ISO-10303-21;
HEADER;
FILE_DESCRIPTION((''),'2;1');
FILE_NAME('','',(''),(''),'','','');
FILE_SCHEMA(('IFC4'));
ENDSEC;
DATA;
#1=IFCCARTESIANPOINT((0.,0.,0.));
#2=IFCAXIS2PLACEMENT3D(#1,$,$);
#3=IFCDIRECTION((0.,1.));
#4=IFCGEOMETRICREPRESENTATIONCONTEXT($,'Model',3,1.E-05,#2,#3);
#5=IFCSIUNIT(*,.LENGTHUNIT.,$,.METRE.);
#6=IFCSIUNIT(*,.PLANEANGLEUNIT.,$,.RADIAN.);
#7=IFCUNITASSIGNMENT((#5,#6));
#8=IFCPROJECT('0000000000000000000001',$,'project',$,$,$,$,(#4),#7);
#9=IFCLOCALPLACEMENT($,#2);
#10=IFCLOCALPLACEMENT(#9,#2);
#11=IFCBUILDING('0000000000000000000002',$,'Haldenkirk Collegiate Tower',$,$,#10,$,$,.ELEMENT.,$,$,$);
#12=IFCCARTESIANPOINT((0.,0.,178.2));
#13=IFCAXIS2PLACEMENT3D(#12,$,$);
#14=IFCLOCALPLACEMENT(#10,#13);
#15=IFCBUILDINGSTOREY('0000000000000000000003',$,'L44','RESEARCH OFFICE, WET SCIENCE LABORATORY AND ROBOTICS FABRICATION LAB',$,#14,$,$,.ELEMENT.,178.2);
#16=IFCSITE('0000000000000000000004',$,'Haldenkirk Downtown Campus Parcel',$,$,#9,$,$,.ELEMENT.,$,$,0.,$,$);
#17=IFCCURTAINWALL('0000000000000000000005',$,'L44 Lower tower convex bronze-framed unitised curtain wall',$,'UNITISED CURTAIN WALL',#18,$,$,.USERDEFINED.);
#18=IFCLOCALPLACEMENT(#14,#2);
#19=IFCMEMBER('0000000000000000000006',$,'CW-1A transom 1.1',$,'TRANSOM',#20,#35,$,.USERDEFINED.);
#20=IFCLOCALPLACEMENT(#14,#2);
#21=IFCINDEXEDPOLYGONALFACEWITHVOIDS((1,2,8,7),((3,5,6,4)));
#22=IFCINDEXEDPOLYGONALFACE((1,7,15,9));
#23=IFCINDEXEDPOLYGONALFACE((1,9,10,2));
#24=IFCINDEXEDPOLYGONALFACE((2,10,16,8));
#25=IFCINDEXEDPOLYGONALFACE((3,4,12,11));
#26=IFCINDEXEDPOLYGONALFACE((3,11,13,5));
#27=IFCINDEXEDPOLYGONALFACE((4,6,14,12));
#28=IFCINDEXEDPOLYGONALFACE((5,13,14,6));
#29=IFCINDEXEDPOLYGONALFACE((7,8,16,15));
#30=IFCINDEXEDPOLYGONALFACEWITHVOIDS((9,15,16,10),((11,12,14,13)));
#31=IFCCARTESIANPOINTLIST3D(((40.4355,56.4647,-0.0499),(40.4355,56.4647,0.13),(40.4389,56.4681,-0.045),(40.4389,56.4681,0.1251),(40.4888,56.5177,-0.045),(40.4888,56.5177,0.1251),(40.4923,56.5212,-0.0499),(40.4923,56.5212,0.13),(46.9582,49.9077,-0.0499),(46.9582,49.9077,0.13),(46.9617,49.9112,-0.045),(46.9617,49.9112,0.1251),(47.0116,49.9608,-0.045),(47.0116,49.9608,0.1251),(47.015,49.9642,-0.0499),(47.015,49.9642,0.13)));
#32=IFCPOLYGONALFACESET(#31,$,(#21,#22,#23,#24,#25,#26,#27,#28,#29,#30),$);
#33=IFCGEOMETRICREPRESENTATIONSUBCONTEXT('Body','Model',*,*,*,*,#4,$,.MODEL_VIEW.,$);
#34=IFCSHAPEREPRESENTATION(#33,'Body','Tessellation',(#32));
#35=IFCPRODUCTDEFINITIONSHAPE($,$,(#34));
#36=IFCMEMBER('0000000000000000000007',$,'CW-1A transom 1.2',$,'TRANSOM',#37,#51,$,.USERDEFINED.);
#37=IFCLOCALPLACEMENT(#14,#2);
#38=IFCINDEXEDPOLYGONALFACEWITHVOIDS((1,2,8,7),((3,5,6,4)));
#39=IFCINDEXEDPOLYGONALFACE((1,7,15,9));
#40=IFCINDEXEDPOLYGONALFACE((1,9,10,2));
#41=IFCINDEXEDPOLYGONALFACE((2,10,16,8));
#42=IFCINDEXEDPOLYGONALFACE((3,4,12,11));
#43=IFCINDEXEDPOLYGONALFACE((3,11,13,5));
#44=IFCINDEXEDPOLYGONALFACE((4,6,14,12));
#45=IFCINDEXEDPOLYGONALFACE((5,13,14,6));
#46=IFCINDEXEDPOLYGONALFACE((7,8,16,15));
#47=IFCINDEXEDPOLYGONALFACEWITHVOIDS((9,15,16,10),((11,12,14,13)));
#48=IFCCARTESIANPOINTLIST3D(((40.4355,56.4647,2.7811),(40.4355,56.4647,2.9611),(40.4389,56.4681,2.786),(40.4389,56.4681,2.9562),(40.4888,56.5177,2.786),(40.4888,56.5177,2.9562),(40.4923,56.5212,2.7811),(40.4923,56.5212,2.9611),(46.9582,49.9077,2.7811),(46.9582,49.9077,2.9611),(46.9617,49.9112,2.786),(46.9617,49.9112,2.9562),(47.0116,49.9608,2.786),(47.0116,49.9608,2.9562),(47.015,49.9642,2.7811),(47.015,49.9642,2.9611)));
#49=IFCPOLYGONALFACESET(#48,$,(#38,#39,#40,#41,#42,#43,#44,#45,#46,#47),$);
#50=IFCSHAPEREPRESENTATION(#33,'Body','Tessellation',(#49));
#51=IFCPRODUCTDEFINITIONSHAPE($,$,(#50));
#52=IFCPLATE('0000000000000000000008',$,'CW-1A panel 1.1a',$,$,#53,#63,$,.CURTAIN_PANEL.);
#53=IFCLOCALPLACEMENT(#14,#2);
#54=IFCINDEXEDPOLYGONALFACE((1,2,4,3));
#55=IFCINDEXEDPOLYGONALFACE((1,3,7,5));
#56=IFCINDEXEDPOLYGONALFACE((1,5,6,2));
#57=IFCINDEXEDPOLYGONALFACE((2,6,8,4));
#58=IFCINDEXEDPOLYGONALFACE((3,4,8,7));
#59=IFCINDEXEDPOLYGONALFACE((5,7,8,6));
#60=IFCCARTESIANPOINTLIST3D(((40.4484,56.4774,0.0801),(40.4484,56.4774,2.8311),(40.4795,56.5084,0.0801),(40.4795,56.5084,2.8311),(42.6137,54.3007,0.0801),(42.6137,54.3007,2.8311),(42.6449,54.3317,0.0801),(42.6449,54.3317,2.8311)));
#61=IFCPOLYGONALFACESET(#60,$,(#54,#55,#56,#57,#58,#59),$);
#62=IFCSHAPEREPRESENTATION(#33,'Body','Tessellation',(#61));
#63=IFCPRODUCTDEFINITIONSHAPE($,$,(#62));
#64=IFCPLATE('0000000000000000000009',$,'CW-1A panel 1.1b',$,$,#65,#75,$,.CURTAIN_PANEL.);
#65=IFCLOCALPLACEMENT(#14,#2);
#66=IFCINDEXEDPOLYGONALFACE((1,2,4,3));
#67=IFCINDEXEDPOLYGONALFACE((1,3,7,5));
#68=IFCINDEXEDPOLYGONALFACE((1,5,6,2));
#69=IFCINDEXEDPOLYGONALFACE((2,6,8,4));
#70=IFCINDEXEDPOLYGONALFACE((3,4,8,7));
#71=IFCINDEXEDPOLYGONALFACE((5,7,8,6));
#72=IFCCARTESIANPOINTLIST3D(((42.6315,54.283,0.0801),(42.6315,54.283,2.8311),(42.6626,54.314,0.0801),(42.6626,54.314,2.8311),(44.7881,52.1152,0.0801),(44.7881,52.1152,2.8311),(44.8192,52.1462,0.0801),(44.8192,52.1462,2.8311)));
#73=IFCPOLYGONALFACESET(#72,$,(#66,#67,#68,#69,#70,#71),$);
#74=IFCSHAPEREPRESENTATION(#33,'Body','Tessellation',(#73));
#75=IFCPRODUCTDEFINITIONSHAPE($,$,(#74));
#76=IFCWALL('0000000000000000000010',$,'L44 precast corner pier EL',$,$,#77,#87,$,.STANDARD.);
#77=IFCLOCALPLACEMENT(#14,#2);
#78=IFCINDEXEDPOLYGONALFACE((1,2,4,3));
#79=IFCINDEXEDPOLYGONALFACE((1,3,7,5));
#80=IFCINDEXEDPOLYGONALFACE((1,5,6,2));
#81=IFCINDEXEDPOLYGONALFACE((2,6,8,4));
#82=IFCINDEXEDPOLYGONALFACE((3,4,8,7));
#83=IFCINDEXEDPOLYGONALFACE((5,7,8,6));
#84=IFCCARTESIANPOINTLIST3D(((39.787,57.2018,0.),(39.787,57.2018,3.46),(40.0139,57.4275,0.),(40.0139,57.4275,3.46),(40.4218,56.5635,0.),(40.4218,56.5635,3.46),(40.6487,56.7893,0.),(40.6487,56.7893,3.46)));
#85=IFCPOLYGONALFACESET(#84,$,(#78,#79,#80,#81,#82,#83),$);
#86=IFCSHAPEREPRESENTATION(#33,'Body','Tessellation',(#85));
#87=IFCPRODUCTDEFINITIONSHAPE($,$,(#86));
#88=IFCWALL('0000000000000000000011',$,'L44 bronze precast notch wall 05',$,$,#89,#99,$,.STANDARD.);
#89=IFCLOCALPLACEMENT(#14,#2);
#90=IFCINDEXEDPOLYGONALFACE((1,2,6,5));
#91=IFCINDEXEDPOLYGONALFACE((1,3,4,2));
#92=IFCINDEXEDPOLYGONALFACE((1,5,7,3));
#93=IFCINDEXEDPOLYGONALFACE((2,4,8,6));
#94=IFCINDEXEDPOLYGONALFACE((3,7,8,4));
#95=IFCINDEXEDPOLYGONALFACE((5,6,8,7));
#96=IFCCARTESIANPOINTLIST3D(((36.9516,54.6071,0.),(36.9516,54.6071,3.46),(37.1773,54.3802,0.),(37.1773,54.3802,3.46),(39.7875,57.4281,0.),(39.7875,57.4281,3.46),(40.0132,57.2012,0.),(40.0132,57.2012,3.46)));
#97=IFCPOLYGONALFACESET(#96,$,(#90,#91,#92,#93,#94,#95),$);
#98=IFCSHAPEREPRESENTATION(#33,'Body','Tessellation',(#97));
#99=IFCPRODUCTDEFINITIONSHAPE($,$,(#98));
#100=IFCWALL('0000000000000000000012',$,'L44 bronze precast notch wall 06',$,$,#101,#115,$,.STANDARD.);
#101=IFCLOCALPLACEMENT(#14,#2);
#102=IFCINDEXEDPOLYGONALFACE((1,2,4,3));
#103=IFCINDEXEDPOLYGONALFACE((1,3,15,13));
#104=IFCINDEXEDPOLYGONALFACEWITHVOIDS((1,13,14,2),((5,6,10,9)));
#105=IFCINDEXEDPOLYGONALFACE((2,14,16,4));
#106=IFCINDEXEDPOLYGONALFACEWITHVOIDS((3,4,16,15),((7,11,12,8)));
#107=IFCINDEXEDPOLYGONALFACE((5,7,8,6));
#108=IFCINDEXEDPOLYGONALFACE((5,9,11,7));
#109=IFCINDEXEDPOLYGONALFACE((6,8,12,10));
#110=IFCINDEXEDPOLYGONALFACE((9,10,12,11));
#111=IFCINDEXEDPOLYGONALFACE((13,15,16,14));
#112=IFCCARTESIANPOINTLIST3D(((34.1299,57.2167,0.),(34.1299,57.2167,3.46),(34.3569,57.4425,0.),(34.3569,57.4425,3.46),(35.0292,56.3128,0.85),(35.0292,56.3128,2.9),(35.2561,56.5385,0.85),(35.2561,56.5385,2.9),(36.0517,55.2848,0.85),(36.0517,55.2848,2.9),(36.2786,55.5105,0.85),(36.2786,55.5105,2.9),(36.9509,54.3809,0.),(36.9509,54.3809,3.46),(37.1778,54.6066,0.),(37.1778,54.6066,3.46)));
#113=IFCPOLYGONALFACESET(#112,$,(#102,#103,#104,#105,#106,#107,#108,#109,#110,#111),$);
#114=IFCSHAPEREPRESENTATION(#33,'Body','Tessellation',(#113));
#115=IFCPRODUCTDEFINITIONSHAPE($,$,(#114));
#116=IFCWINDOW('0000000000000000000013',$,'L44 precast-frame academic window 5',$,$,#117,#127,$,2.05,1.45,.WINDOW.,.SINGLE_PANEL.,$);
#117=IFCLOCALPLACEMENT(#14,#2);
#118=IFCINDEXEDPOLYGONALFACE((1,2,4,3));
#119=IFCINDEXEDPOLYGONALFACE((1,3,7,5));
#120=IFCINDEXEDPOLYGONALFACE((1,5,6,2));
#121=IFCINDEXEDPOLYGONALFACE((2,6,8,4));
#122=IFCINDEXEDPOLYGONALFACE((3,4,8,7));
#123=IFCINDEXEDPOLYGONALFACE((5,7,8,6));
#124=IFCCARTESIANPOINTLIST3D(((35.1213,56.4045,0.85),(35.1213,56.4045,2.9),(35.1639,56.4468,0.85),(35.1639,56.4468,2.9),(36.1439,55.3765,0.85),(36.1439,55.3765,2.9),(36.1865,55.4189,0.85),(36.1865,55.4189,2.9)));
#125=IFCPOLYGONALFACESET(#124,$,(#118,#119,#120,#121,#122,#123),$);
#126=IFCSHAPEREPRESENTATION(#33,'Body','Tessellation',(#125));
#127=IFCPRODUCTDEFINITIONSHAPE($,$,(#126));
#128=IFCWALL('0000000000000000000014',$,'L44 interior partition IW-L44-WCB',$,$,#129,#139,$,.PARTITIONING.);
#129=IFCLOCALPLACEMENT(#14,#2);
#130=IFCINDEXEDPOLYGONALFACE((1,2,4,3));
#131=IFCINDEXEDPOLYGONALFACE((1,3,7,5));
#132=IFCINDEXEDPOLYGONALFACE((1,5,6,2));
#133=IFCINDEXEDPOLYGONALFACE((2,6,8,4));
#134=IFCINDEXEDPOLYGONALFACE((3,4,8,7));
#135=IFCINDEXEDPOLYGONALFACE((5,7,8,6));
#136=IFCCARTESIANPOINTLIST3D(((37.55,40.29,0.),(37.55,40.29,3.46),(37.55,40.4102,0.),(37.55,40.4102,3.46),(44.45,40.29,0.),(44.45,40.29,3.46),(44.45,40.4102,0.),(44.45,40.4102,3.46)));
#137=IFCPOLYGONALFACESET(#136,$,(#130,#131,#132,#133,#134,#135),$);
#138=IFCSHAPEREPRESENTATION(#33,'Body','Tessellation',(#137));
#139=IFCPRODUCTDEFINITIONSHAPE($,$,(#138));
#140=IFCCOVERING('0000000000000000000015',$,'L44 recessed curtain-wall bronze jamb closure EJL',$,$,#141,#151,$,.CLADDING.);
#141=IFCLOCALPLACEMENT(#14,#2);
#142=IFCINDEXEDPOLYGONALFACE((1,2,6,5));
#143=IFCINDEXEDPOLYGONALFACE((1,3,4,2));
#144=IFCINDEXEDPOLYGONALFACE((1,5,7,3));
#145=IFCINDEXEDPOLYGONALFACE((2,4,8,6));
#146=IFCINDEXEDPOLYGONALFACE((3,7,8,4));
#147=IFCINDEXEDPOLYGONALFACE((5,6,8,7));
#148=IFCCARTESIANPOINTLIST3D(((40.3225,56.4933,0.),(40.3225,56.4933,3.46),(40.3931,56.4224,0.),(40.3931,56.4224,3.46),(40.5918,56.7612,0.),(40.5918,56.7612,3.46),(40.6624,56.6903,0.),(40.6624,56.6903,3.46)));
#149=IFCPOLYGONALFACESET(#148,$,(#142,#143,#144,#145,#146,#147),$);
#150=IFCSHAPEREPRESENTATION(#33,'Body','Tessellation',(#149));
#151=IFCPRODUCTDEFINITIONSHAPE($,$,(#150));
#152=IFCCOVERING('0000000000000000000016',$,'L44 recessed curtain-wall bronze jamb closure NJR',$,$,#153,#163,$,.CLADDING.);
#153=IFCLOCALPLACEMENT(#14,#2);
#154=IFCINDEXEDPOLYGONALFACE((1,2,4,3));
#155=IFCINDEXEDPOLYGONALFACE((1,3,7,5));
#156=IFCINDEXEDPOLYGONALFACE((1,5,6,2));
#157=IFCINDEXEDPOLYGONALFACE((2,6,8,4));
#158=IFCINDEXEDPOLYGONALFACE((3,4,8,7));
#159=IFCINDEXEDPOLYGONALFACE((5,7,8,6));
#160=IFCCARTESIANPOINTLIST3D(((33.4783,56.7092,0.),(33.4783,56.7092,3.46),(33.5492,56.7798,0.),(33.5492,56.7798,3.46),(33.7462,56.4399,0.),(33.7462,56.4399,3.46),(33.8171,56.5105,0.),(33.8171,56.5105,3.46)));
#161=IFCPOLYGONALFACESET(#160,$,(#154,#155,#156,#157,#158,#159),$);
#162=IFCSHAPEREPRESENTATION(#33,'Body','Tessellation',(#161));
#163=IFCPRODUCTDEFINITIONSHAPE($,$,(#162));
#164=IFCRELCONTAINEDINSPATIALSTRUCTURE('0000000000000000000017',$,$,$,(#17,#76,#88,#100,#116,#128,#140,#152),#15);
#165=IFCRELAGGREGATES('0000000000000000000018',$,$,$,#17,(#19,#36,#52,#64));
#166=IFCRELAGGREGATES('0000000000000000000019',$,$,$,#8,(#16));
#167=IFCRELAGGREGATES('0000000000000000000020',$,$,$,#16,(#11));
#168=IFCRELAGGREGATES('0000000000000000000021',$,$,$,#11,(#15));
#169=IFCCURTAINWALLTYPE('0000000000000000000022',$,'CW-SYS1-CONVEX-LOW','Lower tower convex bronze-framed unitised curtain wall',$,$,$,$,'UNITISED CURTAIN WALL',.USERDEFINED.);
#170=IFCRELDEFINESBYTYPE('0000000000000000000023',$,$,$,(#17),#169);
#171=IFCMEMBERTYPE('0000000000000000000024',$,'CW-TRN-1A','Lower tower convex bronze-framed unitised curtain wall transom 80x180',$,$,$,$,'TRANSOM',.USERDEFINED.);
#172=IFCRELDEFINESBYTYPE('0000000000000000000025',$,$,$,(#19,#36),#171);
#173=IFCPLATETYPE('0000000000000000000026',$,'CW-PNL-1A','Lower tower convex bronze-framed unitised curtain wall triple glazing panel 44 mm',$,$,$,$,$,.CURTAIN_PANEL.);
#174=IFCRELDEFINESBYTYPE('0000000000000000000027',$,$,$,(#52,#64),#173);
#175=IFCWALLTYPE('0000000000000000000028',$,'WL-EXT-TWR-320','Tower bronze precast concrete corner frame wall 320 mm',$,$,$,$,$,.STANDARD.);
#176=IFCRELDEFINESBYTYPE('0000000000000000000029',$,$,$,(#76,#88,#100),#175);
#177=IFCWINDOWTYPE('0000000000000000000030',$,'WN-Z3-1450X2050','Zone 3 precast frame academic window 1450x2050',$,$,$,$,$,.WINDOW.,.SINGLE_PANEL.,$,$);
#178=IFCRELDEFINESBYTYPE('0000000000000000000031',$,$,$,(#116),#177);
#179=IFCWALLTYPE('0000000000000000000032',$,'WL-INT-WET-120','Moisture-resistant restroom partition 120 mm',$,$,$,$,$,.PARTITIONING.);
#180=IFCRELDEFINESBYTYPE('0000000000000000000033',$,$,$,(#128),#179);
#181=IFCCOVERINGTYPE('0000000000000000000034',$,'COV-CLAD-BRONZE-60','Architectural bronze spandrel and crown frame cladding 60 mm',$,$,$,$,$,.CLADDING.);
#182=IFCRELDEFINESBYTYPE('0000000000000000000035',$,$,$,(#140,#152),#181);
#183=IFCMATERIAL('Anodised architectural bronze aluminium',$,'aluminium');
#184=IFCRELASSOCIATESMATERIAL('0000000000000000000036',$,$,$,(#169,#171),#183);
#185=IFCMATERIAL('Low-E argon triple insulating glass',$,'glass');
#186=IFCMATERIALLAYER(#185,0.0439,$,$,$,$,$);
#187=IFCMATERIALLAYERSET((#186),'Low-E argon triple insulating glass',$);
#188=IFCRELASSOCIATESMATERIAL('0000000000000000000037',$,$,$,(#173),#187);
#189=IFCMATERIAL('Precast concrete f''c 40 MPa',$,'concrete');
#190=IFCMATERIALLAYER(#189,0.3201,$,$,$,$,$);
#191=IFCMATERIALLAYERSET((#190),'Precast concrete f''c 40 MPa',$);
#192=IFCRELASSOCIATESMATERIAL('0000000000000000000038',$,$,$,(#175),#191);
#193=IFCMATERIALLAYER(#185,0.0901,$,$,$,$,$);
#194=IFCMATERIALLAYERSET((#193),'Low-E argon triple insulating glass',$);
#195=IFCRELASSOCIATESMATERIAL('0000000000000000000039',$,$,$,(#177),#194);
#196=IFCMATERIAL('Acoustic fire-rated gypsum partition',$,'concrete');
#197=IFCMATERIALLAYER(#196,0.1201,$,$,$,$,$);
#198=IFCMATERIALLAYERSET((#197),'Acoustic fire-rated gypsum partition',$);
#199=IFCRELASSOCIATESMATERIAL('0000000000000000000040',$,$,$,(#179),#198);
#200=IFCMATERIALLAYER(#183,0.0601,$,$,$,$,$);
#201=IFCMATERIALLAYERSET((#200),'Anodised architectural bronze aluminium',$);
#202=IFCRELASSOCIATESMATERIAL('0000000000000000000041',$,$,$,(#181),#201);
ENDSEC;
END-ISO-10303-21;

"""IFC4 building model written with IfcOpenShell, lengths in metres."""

from ifc_helpers import new_model, si_unit, direction, frame, frame_2d, origin, origin_2d, place, context, subcontext, project, spatial, rectangle, hollow_rectangle, extrude, source, transform, mapped, material, layer, layer_set, material_profile, profile_set, type_object, element, fill, aggregate, save


model = new_model("IFC4")

# Units and contexts
model_context = context("Model", 3, precision=1e-05, world=origin(), true_north=direction((0.0, 1.0)))
body_context = subcontext(model_context, "Body", "Model", "MODEL_VIEW")
ifc_project = project(units=[si_unit("LENGTHUNIT", "METRE"), si_unit("PLANEANGLEUNIT", "RADIAN")], contexts=[model_context])

# Site, building, storey
site_placement = place(None, origin())
site = spatial("IfcSite", under=ifc_project, at=site_placement, Name="Haldenkirk Downtown Campus Parcel", CompositionType="ELEMENT", RefElevation=0.0)
building_placement = place(site_placement, origin())
building = spatial("IfcBuilding", under=site, at=building_placement, Name="Haldenkirk Collegiate Tower", CompositionType="ELEMENT")
storey_placement = place(building_placement, frame((0.0, 0.0, 178.2)))
storey = spatial("IfcBuildingStorey", under=building, at=storey_placement, Name="L44", Description="RESEARCH OFFICE, WET SCIENCE LABORATORY AND ROBOTICS FABRICATION LAB", CompositionType="ELEMENT", Elevation=178.2)

# Curtain wall
ifc_material_1 = material(Name="Anodised architectural bronze aluminium", Category="aluminium")
curtain_wall_type = type_object("IfcCurtainWallType", Name="CW-SYS1-CONVEX-LOW", Description="Lower tower convex bronze-framed unitised curtain wall", ElementType="UNITISED CURTAIN WALL", PredefinedType="USERDEFINED", material=ifc_material_1)
curtain_wall_1_placement = place(storey_placement, origin())
curtain_wall_1 = element("IfcCurtainWall", 1, at=curtain_wall_1_placement, inside=storey, type_object=curtain_wall_type, Name="L44 Lower tower convex bronze-framed unitised curtain wall", ObjectType="UNITISED CURTAIN WALL", PredefinedType="USERDEFINED")

# Members
ifc_material_profile_1 = material_profile(ifc_material_1, hollow_rectangle(XDim=0.0801, YDim=0.1799, WallThickness=0.0049, at=origin_2d()), Name="CW-TRN-1A")
ifc_profile_set_1 = profile_set([ifc_material_profile_1], Name="Anodised architectural bronze aluminium")
member_type_1 = type_object("IfcMemberType", Name="CW-TRN-1A", Description="Lower tower convex bronze-framed unitised curtain wall transom 80x180", ElementType="TRANSOM", PredefinedType="USERDEFINED", material=ifc_profile_set_1)
member_1_placement = place(storey_placement, frame((40.4639, 56.4929, 0.04), z_axis=(0.705257, -0.708952, 0.0), x_axis=(0.708952, 0.705257, 0.0)))
member_1 = element("IfcMember", 2, at=member_1_placement, type_object=member_type_1, Name="CW-1A transom 1.1", ObjectType="TRANSOM", PredefinedType="USERDEFINED", context=body_context, shape_type="SweptSolid", body=[
    extrude(hollow_rectangle(XDim=0.0801, YDim=0.1799, WallThickness=0.0049, at=origin_2d()), origin(), (0.0, 0.0, 1.0), 9.2488),
])
member_2_placement = place(storey_placement, frame((40.4639, 56.4929, 2.8711), z_axis=(0.705257, -0.708952, 0.0), x_axis=(0.708952, 0.705257, 0.0)))
member_2 = element("IfcMember", 3, at=member_2_placement, type_object=member_type_1, Name="CW-1A transom 1.2", ObjectType="TRANSOM", PredefinedType="USERDEFINED", context=body_context, shape_type="SweptSolid", body=[
    extrude(hollow_rectangle(XDim=0.0801, YDim=0.1799, WallThickness=0.0049, at=origin_2d()), origin(), (0.0, 0.0, 1.0), 9.2488),
])

# Plates
ifc_material_2 = material(Name="Low-E argon triple insulating glass", Category="glass")
ifc_layer_1 = layer(ifc_material_2, 0.0439)
ifc_layer_set_1 = layer_set([ifc_layer_1], Name="Low-E argon triple insulating glass")
plate_type = type_object("IfcPlateType", Name="CW-PNL-1A", Description="Lower tower convex bronze-framed unitised curtain wall triple glazing panel 44 mm", PredefinedType="CURTAIN_PANEL", material=ifc_layer_set_1)
shared_shape_1 = source(origin(), body_context, "Body", "SweptSolid", [
    extrude(rectangle(XDim=3.0703, YDim=0.0439, at=origin_2d()), origin(), (0.0, 0.0, 1.0), 2.751),
])
plate_1_placement = place(storey_placement, frame((41.5466, 55.4045, 0.0801), z_axis=(0.0, 0.0, 1.0), x_axis=(0.705255, -0.708954, 0.0)))
plate_1 = element("IfcPlate", 4, at=plate_1_placement, type_object=plate_type, Name="CW-1A panel 1.1a", PredefinedType="CURTAIN_PANEL", context=body_context, shape_type="MappedRepresentation", body=[
    mapped(shared_shape_1, transform((0.0, 0.0, 0.0), x_axis=(1.0, 0.0, 0.0), y_axis=(0.0, 1.0, 0.0), z_axis=(0.0, 0.0, 1.0), scale=1.0)),
])
shared_shape_2 = source(origin(), body_context, "Body", "SweptSolid", [
    extrude(rectangle(XDim=3.0579, YDim=0.0439, at=origin_2d()), origin(), (0.0, 0.0, 1.0), 2.751),
])
plate_2_placement = place(storey_placement, frame((43.7253, 53.2146, 0.0801), z_axis=(0.0, 0.0, 1.0), x_axis=(0.705255, -0.708954, 0.0)))
plate_2 = element("IfcPlate", 5, at=plate_2_placement, type_object=plate_type, Name="CW-1A panel 1.1b", PredefinedType="CURTAIN_PANEL", context=body_context, shape_type="MappedRepresentation", body=[
    mapped(shared_shape_2, transform((0.0, 0.0, 0.0), x_axis=(1.0, 0.0, 0.0), y_axis=(0.0, 1.0, 0.0), z_axis=(0.0, 0.0, 1.0), scale=1.0)),
])
aggregate(curtain_wall_1, [member_1, member_2, plate_1, plate_2])

# Walls
ifc_material_3 = material(Name="Precast concrete f'c 40 MPa", Category="concrete")
ifc_layer_2 = layer(ifc_material_3, 0.3201)
ifc_layer_set_2 = layer_set([ifc_layer_2], Name="Precast concrete f'c 40 MPa")
wall_type_1 = type_object("IfcWallType", Name="WL-EXT-TWR-320", Description="Tower bronze precast concrete corner frame wall 320 mm", PredefinedType="STANDARD", material=ifc_layer_set_2)
wall_1_placement = place(storey_placement, frame((39.9004, 57.3147, 0.0), z_axis=(0.0, 0.0, 1.0), x_axis=(0.705206, -0.709003, 0.0)))
element("IfcWall", 6, at=wall_1_placement, inside=storey, type_object=wall_type_1, Name="L44 precast corner pier EL", PredefinedType="STANDARD", context=body_context, shape_type="SweptSolid", body=[
    extrude(rectangle(XDim=0.9001, YDim=0.3201, at=frame_2d((0.4502, 0.0))), origin(), (0.0, 0.0, 1.0), 3.46),
])
wall_2_placement = place(storey_placement, frame((37.0645, 54.4937, 0.0), z_axis=(0.0, 0.0, 1.0), x_axis=(0.708966, 0.705243, 0.0)))
element("IfcWall", 7, at=wall_2_placement, inside=storey, type_object=wall_type_1, Name="L44 bronze precast notch wall 05", PredefinedType="STANDARD", context=body_context, shape_type="SweptSolid", body=[
    extrude(rectangle(XDim=4.0, YDim=0.3201, at=frame_2d((2.0, 0.0))), origin(), (0.0, 0.0, 1.0), 3.46),
])

# Wall, opening, window
wall_3_placement = place(storey_placement, frame((34.2434, 57.3296, 0.0), z_axis=(0.0, 0.0, 1.0), x_axis=(0.705243, -0.708966, 0.0)))
wall_3 = element("IfcWall", 8, at=wall_3_placement, inside=storey, type_object=wall_type_1, Name="L44 bronze precast notch wall 06", PredefinedType="STANDARD", context=body_context, shape_type="SweptSolid", body=[
    extrude(rectangle(XDim=4.0, YDim=0.3201, at=frame_2d((2.0, 0.0))), origin(), (0.0, 0.0, 1.0), 3.46),
])
opening_placement = place(wall_3_placement, frame((1.2749, 0.0, 0.8501)))
opening = element("IfcOpeningElement", 9, at=opening_placement, cuts=wall_3, PredefinedType="OPENING", context=body_context, shape_type="SweptSolid", body=[
    extrude(rectangle(XDim=1.45, YDim=2.05, at=frame_2d((0.7251, 1.0249))), frame((0.0, 0.1699, 0.0), z_axis=(0.0, -1.0, 0.0), x_axis=(1.0, 0.0, 0.0)), (0.0, 0.0, 1.0), 0.3401),
])
ifc_layer_3 = layer(ifc_material_2, 0.0901)
ifc_layer_set_3 = layer_set([ifc_layer_3], Name="Low-E argon triple insulating glass")
window_type = type_object("IfcWindowType", Name="WN-Z3-1450X2050", Description="Zone 3 precast frame academic window 1450x2050", PartitioningType="SINGLE_PANEL", PredefinedType="WINDOW", material=ifc_layer_set_3)
window_placement = place(opening_placement, origin())
window = element("IfcWindow", 10, at=window_placement, inside=storey, type_object=window_type, Name="L44 precast-frame academic window 5", OverallHeight=2.05, OverallWidth=1.45, PartitioningType="SINGLE_PANEL", PredefinedType="WINDOW", context=body_context, shape_type="SweptSolid", body=[
    extrude(rectangle(XDim=1.45, YDim=2.05, at=frame_2d((0.7251, 1.0249))), frame((0.0, 0.03, 0.0), z_axis=(0.0, -1.0, 0.0), x_axis=(1.0, 0.0, 0.0)), (0.0, 0.0, 1.0), 0.0601),
])
fill(opening, window)

# Wall
ifc_material_4 = material(Name="Acoustic fire-rated gypsum partition", Category="concrete")
ifc_layer_4 = layer(ifc_material_4, 0.1201)
ifc_layer_set_4 = layer_set([ifc_layer_4], Name="Acoustic fire-rated gypsum partition")
wall_type_2 = type_object("IfcWallType", Name="WL-INT-WET-120", Description="Moisture-resistant restroom partition 120 mm", PredefinedType="PARTITIONING", material=ifc_layer_set_4)
wall_4_placement = place(storey_placement, frame((37.55, 40.3501, 0.0), z_axis=(0.0, 0.0, 1.0), x_axis=(1.0, 0.0, 0.0)))
element("IfcWall", 11, at=wall_4_placement, inside=storey, type_object=wall_type_2, Name="L44 interior partition IW-L44-WCB", PredefinedType="PARTITIONING", context=body_context, shape_type="SweptSolid", body=[
    extrude(rectangle(XDim=6.8999, YDim=0.1201, at=frame_2d((3.45, 0.0))), origin(), (0.0, 0.0, 1.0), 3.46),
])

# Coverings
ifc_layer_5 = layer(ifc_material_1, 0.0601)
ifc_layer_set_5 = layer_set([ifc_layer_5], Name="Anodised architectural bronze aluminium")
covering_type = type_object("IfcCoveringType", Name="COV-CLAD-BRONZE-60", Description="Architectural bronze spandrel and crown frame cladding 60 mm", PredefinedType="CLADDING", material=ifc_layer_set_5)
shared_shape_3 = source(origin(), body_context, "Body", "SweptSolid", [
    extrude(rectangle(XDim=0.1001, YDim=0.3799, at=origin_2d()), origin(), (0.0, 0.0, 1.0), 3.46),
])
for number, where, z_axis, x_axis, name in (
    (12, (40.4924, 56.5918, 0.0), (0.0, 0.0, 1.0), (0.705253, -0.708956, 0.0), "L44 recessed curtain-wall bronze jamb closure EJL"),
    (13, (33.6477, 56.6099, 0.0), (0.0, 0.0, 1.0), (0.708956, 0.705253, 0.0), "L44 recessed curtain-wall bronze jamb closure NJR"),
):
    element("IfcCovering", number, at=place(storey_placement, frame(where, z_axis=z_axis, x_axis=x_axis)), inside=storey, type_object=covering_type, Name=name, PredefinedType="CLADDING", context=body_context, shape_type="MappedRepresentation", body=[
        mapped(shared_shape_3, transform((0.0, 0.0, 0.0), x_axis=(1.0, 0.0, 0.0), y_axis=(0.0, 1.0, 0.0), z_axis=(0.0, 0.0, 1.0), scale=1.0)),
    ])

save(model, "model.ifc")
